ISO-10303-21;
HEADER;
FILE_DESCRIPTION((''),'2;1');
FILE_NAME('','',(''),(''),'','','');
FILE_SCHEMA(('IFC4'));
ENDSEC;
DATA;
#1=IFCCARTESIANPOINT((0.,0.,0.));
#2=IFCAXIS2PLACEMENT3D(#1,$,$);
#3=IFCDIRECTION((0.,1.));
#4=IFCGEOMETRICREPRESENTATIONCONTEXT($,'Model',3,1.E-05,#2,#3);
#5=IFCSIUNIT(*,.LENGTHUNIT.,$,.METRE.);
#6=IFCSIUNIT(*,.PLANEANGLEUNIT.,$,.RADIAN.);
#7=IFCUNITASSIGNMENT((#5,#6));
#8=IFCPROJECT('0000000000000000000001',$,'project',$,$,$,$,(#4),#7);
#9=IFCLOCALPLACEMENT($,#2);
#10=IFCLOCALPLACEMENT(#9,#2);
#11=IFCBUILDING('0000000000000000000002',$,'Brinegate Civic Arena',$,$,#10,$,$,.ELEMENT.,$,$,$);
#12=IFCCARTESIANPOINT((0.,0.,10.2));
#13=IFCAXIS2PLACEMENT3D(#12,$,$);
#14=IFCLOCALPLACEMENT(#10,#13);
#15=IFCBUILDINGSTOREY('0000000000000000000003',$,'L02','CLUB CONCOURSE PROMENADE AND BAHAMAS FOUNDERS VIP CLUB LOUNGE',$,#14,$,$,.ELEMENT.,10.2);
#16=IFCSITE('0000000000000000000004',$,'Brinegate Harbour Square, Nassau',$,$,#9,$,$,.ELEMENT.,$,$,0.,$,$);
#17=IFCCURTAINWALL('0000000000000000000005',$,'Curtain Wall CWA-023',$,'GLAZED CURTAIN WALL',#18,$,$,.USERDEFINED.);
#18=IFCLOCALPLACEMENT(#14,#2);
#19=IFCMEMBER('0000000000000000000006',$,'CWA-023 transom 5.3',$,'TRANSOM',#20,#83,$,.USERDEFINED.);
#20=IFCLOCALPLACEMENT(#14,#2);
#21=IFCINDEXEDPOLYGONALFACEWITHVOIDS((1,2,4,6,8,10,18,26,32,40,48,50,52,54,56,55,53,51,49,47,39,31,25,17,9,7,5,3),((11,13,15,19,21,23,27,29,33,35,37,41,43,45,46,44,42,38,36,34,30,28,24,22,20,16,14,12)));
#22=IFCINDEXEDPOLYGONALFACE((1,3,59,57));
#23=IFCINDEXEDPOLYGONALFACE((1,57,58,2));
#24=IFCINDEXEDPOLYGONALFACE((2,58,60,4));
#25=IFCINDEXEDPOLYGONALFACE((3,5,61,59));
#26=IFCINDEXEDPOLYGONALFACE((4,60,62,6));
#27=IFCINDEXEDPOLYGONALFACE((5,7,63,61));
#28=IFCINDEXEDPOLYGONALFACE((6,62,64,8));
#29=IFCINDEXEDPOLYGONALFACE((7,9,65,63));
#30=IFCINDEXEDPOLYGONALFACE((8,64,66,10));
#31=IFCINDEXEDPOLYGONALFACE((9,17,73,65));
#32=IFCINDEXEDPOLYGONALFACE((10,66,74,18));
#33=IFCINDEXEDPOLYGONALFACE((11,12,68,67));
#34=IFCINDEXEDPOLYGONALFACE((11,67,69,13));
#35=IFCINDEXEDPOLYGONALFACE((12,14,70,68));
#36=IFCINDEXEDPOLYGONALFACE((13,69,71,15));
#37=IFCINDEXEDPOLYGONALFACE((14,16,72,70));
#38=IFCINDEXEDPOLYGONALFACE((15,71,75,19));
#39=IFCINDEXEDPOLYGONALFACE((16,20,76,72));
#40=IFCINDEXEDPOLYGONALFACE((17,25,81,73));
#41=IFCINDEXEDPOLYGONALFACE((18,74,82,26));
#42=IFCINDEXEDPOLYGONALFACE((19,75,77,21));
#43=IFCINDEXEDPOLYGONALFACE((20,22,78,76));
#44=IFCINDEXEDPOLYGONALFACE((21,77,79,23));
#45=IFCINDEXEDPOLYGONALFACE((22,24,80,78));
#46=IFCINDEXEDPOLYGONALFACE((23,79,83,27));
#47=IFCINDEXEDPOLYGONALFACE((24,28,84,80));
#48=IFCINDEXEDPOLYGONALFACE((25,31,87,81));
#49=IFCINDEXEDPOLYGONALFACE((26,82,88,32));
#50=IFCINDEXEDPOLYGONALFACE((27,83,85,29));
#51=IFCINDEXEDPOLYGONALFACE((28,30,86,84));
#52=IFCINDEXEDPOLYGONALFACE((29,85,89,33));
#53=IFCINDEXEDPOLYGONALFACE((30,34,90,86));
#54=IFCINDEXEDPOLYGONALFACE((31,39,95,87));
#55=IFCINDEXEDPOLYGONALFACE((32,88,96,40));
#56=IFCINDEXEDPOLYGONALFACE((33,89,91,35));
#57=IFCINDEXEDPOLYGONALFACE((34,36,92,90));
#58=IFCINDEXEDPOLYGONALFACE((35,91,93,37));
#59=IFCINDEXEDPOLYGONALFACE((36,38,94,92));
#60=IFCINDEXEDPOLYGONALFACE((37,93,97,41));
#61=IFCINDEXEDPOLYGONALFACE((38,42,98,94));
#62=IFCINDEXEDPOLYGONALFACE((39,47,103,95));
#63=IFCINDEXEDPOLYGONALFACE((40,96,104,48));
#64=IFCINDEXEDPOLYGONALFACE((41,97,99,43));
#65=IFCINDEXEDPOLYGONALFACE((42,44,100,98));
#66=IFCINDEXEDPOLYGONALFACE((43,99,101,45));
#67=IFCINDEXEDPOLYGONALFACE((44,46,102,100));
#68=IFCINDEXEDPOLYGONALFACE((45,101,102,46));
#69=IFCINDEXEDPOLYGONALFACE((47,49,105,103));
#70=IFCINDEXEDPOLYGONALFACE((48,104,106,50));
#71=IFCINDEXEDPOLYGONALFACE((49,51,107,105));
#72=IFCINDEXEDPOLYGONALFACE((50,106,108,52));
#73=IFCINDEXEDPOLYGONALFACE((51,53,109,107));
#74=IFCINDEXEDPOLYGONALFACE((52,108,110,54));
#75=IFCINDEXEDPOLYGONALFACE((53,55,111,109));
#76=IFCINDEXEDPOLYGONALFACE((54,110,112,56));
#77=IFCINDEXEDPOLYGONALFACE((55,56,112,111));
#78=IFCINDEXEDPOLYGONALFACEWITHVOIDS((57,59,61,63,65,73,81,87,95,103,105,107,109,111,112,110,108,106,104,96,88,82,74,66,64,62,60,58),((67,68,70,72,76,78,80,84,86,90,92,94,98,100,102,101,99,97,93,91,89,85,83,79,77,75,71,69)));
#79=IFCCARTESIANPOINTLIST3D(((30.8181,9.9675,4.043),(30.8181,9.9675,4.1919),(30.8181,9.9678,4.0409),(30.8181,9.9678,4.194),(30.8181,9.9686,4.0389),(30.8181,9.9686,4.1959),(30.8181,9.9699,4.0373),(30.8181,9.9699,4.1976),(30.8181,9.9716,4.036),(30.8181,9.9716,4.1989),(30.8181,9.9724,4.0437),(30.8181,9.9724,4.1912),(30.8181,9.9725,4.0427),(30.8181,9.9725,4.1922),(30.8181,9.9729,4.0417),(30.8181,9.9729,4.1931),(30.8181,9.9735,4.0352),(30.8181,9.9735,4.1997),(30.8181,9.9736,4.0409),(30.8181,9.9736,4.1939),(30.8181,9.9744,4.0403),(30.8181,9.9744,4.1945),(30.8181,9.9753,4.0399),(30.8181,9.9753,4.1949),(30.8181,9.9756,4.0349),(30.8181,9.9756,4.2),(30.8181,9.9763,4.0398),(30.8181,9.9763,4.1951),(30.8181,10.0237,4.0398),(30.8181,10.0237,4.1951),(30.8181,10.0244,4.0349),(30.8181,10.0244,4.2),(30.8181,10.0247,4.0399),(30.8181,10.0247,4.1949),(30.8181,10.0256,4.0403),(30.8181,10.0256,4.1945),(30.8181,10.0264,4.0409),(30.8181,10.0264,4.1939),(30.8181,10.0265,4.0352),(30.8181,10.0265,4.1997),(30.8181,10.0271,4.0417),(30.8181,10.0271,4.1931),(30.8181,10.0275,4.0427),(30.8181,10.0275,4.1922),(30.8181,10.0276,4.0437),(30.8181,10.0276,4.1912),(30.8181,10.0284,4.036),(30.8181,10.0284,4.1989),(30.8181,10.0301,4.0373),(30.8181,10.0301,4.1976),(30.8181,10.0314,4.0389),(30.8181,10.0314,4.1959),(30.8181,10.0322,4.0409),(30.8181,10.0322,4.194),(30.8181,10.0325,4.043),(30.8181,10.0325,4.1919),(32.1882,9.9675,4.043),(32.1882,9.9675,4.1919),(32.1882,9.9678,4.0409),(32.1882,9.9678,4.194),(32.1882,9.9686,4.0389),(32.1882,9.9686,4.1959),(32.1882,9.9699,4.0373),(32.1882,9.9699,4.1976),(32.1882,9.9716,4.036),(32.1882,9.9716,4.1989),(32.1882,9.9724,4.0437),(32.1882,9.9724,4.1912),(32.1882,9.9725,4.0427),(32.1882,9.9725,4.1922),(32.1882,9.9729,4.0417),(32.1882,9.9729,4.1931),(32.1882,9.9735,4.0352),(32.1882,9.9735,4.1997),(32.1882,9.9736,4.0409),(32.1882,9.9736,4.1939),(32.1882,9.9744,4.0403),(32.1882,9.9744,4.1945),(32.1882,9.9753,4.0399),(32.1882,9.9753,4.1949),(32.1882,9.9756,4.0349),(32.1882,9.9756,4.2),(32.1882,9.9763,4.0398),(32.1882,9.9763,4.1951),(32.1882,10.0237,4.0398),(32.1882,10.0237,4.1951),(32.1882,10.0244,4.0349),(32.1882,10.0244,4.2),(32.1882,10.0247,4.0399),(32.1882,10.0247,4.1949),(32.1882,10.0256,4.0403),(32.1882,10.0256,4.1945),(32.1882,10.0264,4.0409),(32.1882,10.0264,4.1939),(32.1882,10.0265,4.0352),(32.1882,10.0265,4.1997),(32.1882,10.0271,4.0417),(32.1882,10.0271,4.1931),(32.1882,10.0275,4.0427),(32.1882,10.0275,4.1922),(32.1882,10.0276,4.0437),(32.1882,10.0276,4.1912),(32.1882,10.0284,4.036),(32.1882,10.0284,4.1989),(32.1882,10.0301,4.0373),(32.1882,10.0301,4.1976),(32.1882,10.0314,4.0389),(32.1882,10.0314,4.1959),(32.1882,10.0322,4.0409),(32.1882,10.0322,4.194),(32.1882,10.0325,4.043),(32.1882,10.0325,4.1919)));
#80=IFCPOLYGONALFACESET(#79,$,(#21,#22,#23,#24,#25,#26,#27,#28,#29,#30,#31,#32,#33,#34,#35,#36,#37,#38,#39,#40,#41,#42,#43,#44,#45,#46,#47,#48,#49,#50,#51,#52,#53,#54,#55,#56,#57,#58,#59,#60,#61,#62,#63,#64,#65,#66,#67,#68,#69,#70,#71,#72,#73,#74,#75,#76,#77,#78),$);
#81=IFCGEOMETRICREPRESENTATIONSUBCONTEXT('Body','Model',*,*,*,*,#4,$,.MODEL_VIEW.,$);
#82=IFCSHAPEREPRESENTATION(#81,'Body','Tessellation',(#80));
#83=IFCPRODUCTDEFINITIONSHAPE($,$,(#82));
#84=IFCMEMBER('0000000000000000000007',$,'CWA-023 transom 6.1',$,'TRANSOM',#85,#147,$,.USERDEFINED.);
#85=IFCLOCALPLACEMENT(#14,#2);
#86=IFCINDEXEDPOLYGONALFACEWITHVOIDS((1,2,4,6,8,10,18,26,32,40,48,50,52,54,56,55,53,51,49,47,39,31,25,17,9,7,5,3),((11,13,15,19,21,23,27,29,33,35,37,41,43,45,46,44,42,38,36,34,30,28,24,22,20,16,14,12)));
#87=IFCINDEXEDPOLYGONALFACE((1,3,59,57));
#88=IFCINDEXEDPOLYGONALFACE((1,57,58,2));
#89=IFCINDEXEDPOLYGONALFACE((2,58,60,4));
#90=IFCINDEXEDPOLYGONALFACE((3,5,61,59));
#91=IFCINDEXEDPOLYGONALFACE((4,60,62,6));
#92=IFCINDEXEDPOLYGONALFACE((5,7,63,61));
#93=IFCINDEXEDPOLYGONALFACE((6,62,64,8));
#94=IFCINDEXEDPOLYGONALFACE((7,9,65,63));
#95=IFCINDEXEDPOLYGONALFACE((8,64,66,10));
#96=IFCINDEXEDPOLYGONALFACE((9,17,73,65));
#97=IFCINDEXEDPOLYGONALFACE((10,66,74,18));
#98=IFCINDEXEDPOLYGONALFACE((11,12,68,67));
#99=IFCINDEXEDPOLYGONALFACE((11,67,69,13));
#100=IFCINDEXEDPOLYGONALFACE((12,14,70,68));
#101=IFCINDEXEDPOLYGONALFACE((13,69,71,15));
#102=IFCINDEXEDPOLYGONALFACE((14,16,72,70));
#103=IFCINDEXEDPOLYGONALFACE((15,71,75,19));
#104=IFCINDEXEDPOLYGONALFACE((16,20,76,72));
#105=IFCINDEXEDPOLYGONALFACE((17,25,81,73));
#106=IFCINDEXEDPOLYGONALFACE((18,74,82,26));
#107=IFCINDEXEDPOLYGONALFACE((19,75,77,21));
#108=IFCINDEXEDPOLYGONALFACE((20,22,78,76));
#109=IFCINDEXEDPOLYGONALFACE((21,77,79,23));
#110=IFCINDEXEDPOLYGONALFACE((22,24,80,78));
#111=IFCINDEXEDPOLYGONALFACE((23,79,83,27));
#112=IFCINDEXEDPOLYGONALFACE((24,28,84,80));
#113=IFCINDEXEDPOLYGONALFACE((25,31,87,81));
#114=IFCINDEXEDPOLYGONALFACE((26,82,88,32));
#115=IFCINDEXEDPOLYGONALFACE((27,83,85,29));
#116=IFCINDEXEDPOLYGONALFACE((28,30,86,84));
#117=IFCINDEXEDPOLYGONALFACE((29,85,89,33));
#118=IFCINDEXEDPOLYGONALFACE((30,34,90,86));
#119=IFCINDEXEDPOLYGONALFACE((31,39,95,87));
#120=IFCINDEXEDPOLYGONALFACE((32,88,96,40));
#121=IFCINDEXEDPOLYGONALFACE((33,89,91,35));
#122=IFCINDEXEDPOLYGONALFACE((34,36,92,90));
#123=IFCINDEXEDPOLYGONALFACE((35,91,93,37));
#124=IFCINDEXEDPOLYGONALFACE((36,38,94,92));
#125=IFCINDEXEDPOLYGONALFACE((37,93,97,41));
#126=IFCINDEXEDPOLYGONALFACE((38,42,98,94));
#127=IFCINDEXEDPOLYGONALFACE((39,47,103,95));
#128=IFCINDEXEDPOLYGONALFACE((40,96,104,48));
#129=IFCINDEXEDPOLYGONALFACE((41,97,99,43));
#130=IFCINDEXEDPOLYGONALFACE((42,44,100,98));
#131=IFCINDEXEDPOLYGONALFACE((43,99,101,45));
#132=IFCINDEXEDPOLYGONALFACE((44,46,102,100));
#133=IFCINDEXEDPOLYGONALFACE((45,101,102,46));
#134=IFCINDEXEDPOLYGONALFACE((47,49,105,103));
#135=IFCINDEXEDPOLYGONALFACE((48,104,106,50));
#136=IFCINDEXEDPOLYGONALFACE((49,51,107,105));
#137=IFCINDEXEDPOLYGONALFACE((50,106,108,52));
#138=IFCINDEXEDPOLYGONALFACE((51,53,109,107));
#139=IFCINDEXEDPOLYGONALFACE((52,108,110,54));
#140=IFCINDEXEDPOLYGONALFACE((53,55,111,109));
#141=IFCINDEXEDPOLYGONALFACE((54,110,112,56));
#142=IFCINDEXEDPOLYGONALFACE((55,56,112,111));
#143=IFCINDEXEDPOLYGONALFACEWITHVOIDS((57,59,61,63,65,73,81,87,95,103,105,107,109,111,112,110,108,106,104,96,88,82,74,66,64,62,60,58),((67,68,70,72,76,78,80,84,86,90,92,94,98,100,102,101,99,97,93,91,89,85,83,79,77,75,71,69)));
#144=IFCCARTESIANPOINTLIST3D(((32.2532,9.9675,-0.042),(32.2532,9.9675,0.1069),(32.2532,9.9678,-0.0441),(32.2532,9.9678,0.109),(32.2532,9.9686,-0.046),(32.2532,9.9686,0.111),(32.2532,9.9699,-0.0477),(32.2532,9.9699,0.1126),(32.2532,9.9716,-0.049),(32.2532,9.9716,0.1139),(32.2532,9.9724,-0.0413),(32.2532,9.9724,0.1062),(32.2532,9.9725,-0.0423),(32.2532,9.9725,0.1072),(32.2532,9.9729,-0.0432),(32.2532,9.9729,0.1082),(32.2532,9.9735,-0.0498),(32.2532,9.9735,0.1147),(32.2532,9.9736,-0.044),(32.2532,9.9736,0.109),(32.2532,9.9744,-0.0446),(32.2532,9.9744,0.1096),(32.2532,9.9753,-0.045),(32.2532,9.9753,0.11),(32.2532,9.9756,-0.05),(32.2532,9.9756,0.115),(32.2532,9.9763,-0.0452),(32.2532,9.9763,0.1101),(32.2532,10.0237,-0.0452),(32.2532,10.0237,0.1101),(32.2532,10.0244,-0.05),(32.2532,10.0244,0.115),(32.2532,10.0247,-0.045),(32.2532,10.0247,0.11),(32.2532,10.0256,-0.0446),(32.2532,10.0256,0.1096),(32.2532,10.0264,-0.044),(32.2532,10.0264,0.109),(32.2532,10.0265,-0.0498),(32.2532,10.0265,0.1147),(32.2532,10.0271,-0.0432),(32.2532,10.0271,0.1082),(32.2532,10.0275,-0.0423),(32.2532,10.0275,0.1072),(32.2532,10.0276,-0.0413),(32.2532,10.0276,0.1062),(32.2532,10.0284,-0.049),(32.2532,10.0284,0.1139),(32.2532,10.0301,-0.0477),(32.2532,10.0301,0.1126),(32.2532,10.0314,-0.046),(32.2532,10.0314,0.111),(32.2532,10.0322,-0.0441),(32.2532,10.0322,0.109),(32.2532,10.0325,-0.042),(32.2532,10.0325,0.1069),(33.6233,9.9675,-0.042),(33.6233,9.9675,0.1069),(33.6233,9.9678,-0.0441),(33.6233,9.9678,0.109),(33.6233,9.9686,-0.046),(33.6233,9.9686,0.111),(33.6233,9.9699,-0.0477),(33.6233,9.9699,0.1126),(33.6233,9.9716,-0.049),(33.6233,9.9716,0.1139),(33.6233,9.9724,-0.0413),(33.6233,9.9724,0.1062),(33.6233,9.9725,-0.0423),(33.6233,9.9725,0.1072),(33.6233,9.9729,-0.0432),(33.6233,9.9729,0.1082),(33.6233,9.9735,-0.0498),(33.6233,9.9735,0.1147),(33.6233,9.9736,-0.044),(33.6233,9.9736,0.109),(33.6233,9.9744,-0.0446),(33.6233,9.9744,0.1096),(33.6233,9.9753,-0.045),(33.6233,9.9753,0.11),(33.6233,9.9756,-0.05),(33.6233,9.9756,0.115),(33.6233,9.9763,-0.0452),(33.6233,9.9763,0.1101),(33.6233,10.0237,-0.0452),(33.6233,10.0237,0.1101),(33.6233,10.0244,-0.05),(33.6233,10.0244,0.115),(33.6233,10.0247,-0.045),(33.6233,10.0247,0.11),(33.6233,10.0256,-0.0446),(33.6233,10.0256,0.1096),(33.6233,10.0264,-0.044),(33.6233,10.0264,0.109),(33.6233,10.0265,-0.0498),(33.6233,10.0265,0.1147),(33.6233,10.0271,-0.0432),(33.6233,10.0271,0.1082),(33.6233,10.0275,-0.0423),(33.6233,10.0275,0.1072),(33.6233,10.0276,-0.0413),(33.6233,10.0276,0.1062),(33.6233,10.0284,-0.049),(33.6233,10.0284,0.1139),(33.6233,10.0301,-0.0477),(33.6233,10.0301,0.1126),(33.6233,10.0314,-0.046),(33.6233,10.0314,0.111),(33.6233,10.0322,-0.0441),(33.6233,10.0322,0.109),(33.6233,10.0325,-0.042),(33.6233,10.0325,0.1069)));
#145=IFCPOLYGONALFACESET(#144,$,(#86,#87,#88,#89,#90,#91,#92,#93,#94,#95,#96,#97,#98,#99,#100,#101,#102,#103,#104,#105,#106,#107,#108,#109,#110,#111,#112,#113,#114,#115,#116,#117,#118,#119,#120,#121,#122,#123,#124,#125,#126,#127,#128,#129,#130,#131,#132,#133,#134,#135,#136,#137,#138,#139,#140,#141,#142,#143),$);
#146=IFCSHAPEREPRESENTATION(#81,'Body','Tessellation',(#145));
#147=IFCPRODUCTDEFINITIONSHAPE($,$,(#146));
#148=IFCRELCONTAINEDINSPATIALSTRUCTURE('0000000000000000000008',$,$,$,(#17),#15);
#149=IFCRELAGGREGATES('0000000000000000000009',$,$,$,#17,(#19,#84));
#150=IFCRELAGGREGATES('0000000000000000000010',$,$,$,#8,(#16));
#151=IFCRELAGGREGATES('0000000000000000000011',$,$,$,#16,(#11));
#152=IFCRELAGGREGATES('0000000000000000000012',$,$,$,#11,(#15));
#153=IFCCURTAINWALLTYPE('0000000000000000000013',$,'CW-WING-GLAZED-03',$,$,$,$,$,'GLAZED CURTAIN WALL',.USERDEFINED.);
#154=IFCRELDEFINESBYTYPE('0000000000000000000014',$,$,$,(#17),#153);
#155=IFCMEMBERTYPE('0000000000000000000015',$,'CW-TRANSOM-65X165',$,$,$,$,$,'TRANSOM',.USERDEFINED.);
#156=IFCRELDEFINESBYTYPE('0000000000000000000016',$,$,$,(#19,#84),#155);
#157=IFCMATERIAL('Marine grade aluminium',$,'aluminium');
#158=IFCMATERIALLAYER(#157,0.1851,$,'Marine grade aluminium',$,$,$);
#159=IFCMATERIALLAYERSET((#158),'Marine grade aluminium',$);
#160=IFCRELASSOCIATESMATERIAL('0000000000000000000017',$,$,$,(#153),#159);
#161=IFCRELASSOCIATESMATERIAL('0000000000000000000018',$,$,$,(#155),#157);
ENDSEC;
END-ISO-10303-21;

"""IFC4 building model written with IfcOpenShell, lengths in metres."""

from ifc_helpers import new_model, si_unit, direction, frame, origin, origin_2d, place, context, subcontext, project, spatial, hollow_rectangle, extrude, material, layer, layer_set, material_profile, profile_set, type_object, element, aggregate, save


model = new_model("IFC4")

# Units and contexts
model_context = context("Model", 3, precision=1e-05, world=origin(), true_north=direction((0.0, 1.0)))
body_context = subcontext(model_context, "Body", "Model", "MODEL_VIEW")
ifc_project = project(units=[si_unit("LENGTHUNIT", "METRE"), si_unit("PLANEANGLEUNIT", "RADIAN")], contexts=[model_context])

# Site, building, storey
site_placement = place(None, origin())
site = spatial("IfcSite", under=ifc_project, at=site_placement, Name="Brinegate Harbour Square, Nassau", CompositionType="ELEMENT", RefElevation=0.0)
building_placement = place(site_placement, origin())
building = spatial("IfcBuilding", under=site, at=building_placement, Name="Brinegate Civic Arena", CompositionType="ELEMENT")
storey_placement = place(building_placement, frame((0.0, 0.0, 10.2)))
storey = spatial("IfcBuildingStorey", under=building, at=storey_placement, Name="L02", Description="CLUB CONCOURSE PROMENADE AND BAHAMAS FOUNDERS VIP CLUB LOUNGE", CompositionType="ELEMENT", Elevation=10.2)

# Curtain wall, members
ifc_material_1 = material(Name="Marine grade aluminium", Category="aluminium")
ifc_layer_1 = layer(ifc_material_1, 0.1851, Name="Marine grade aluminium")
ifc_layer_set_1 = layer_set([ifc_layer_1], Name="Marine grade aluminium")
curtain_wall_type = type_object("IfcCurtainWallType", Name="CW-WING-GLAZED-03", ElementType="GLAZED CURTAIN WALL", PredefinedType="USERDEFINED", material=ifc_layer_set_1)
curtain_wall_placement = place(storey_placement, origin())
curtain_wall = element("IfcCurtainWall", 1, at=curtain_wall_placement, inside=storey, type_object=curtain_wall_type, Name="Curtain Wall CWA-023", ObjectType="GLAZED CURTAIN WALL", PredefinedType="USERDEFINED")
ifc_material_profile_1 = material_profile(ifc_material_1, hollow_rectangle(XDim=0.0649, YDim=0.165, WallThickness=0.0049, InnerFilletRadius=0.0039, OuterFilletRadius=0.0081, at=origin_2d()), Name="TRN65X165")
ifc_profile_set_1 = profile_set([ifc_material_profile_1], Name="Marine grade aluminium")
member_type_1 = type_object("IfcMemberType", Name="CW-TRANSOM-65X165", ElementType="TRANSOM", PredefinedType="USERDEFINED", material=ifc_profile_set_1)
member_1_placement = place(storey_placement, frame((30.8181, 10.0, 4.1174), z_axis=(1.0, 0.0, 0.0), x_axis=(0.0, 1.0, 0.0)))
member_1 = element("IfcMember", 2, at=member_1_placement, type_object=member_type_1, Name="CWA-023 transom 5.3", ObjectType="TRANSOM", PredefinedType="USERDEFINED", context=body_context, shape_type="SweptSolid", body=[
    extrude(hollow_rectangle(XDim=0.0649, YDim=0.165, WallThickness=0.0049, InnerFilletRadius=0.0039, OuterFilletRadius=0.0081, at=origin_2d()), origin(), (0.0, 0.0, 1.0), 1.3701),
])
member_2_placement = place(storey_placement, frame((32.2532, 10.0, 0.0325), z_axis=(1.0, 0.0, 0.0), x_axis=(0.0, 1.0, 0.0)))
member_2 = element("IfcMember", 3, at=member_2_placement, type_object=member_type_1, Name="CWA-023 transom 6.1", ObjectType="TRANSOM", PredefinedType="USERDEFINED", context=body_context, shape_type="SweptSolid", body=[
    extrude(hollow_rectangle(XDim=0.0649, YDim=0.165, WallThickness=0.0049, InnerFilletRadius=0.0039, OuterFilletRadius=0.0081, at=origin_2d()), origin(), (0.0, 0.0, 1.0), 1.3701),
])

aggregate(curtain_wall, [member_1, member_2])

save(model, "model.ifc")
